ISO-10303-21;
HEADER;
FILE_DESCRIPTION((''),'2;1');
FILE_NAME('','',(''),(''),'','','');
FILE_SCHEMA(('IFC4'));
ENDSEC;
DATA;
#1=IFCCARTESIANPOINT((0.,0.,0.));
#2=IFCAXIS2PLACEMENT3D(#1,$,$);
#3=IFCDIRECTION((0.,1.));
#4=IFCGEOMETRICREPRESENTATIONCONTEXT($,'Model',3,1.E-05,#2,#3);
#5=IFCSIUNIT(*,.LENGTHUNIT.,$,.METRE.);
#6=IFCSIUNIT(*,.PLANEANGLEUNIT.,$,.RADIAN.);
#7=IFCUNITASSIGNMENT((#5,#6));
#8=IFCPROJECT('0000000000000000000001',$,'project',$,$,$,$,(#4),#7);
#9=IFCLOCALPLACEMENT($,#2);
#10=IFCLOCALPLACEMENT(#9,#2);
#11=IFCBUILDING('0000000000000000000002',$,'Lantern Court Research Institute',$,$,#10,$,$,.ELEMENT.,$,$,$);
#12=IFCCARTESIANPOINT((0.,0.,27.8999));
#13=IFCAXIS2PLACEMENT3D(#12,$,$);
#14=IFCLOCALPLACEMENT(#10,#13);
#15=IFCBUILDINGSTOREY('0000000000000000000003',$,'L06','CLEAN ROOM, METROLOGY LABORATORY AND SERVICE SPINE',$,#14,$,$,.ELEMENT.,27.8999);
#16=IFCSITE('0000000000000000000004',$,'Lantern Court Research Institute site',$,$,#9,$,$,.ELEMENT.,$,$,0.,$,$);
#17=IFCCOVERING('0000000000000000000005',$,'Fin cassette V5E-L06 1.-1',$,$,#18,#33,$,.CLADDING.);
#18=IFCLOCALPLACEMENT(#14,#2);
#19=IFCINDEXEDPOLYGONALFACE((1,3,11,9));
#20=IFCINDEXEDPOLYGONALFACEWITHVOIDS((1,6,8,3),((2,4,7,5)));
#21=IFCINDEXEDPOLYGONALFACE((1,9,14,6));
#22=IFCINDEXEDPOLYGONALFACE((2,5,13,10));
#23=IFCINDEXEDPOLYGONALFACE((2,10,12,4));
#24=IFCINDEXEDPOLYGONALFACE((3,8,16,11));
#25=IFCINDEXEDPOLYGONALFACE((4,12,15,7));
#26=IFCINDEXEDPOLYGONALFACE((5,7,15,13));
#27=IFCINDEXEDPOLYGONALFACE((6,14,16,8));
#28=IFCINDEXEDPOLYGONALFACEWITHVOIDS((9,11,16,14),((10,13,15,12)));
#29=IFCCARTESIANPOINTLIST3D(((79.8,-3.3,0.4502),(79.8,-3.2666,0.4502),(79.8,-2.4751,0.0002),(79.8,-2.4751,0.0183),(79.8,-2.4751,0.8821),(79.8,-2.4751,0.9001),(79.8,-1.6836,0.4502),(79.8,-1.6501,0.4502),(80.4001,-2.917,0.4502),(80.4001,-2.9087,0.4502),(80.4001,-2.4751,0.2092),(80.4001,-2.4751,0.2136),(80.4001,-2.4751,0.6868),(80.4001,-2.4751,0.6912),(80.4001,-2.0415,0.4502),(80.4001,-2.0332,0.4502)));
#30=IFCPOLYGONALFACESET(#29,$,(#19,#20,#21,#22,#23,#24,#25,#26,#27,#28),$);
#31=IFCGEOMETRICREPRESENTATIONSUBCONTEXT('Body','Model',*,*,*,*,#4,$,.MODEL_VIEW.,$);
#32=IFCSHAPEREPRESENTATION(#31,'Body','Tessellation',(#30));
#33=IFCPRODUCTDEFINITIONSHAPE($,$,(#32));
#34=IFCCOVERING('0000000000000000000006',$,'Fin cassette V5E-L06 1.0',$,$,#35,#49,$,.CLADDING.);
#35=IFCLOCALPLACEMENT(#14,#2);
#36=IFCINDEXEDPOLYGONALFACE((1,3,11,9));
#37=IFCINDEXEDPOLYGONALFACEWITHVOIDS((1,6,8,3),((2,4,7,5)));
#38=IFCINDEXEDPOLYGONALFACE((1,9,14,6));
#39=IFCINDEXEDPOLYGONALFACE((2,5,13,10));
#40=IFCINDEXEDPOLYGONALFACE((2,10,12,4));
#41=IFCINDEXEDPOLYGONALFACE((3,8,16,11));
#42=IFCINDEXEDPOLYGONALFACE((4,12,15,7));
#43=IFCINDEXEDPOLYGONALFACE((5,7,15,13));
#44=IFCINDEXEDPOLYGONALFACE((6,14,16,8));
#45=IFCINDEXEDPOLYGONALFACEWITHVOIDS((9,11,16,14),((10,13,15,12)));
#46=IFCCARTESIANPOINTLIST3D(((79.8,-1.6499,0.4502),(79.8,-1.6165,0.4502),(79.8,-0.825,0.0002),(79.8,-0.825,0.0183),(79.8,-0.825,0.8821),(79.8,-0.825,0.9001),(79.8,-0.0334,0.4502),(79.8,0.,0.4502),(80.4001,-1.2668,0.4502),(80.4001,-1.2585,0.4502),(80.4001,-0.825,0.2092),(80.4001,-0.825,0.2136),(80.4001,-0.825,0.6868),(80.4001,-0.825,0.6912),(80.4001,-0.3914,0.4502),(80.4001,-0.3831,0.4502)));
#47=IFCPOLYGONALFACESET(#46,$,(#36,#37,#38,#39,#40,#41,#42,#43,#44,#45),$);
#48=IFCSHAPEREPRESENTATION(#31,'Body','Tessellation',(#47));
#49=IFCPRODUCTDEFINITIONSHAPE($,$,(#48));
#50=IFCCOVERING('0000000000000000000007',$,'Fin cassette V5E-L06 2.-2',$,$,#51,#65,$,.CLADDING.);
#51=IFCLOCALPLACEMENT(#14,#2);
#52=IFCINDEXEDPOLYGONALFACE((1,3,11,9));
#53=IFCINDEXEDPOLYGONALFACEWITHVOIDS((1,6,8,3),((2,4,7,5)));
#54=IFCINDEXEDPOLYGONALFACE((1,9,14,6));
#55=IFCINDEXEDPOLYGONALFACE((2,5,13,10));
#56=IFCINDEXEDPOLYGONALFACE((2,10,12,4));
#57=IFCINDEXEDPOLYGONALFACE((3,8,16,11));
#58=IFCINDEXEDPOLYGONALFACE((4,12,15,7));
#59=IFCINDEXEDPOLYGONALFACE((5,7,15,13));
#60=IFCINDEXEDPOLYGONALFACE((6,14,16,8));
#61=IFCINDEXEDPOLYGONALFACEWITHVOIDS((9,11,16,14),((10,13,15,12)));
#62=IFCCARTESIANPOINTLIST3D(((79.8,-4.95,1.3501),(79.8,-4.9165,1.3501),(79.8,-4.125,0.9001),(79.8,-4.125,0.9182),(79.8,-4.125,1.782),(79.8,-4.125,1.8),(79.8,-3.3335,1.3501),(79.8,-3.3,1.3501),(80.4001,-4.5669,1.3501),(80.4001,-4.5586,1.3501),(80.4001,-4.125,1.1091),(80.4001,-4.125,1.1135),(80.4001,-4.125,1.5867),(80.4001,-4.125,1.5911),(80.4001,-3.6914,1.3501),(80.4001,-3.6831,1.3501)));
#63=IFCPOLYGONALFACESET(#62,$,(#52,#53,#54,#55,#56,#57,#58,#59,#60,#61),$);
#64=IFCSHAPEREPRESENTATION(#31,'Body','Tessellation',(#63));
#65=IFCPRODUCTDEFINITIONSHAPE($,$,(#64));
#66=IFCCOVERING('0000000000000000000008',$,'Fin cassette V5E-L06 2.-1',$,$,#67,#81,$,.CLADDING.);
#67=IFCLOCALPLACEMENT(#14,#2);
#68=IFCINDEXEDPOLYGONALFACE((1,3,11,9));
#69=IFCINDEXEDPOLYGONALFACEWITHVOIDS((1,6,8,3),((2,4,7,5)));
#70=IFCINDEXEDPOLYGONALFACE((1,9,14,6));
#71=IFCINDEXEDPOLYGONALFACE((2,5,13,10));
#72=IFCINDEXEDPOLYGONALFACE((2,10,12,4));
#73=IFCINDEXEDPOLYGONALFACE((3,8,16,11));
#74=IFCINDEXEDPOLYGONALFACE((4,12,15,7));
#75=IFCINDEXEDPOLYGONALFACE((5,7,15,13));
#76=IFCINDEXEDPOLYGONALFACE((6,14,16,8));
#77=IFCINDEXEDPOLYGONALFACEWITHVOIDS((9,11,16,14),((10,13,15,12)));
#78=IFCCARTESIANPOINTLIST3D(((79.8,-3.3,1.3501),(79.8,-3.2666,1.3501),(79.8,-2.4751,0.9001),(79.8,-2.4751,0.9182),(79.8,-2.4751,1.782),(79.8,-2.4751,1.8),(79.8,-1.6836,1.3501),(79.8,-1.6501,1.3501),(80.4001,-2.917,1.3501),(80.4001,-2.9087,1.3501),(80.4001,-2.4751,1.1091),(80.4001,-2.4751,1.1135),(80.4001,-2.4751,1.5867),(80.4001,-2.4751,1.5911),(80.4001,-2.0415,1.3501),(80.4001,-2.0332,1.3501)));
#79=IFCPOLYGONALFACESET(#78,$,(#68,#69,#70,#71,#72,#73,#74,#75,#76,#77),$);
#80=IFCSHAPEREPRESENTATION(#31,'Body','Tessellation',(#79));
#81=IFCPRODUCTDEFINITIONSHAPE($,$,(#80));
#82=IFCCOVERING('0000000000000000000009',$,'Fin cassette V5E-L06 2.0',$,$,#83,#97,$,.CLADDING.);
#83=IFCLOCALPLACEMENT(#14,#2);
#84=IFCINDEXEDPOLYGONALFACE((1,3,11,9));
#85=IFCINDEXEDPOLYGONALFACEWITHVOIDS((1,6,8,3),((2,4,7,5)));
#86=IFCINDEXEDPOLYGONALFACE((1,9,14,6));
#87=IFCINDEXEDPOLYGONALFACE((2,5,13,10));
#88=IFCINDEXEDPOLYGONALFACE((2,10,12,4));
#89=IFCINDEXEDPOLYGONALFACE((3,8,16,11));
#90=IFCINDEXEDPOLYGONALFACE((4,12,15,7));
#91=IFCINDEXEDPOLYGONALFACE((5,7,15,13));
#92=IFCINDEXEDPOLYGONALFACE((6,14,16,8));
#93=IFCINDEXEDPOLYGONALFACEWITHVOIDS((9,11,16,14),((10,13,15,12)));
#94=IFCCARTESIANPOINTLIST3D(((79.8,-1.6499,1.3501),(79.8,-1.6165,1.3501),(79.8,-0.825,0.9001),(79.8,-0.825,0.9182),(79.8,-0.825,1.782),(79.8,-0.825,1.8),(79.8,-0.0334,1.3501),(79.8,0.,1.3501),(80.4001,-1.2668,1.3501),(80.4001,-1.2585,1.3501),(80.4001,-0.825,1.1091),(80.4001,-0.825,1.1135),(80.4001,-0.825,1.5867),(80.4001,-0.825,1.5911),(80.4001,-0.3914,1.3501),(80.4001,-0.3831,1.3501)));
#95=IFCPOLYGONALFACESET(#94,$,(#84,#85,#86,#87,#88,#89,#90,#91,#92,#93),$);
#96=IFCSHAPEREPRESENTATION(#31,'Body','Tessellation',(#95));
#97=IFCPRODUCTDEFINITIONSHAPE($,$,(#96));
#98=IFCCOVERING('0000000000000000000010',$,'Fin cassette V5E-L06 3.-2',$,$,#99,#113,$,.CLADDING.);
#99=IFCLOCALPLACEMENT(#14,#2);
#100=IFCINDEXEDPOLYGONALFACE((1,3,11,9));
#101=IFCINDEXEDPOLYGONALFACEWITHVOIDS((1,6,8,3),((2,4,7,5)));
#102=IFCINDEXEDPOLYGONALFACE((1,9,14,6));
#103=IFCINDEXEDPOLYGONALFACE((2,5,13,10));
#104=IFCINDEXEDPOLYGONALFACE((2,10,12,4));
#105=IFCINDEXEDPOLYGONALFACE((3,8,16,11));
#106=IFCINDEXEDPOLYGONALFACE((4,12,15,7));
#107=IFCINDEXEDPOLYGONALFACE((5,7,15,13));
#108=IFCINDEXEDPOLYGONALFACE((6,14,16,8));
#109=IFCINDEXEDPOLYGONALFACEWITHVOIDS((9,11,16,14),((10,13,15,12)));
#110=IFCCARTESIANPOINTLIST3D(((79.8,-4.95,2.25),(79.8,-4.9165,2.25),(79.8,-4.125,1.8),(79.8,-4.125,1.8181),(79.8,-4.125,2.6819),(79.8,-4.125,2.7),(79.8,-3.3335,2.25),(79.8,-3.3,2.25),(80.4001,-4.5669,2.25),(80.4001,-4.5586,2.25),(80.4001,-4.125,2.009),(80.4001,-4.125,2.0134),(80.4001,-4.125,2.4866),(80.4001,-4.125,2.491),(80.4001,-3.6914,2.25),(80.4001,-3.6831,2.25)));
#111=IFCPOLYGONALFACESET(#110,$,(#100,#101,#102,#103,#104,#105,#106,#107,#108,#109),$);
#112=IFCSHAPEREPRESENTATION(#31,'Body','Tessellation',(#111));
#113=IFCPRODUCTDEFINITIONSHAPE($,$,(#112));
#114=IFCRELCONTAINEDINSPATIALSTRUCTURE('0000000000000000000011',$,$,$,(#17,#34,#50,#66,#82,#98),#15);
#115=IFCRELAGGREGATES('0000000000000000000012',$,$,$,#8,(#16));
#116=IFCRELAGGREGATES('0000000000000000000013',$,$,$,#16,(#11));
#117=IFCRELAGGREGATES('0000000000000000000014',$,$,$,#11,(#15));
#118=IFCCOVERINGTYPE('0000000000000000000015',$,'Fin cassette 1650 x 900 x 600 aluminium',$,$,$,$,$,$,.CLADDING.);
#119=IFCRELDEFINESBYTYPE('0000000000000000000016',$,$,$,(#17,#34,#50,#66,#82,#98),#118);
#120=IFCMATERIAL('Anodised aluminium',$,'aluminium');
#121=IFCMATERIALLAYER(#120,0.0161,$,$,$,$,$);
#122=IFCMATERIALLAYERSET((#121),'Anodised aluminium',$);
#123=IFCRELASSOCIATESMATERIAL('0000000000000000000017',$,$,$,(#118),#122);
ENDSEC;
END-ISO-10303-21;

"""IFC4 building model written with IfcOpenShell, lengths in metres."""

from ifc_helpers import new_model, entity, si_unit, direction, frame, origin, place, context, subcontext, project, spatial, material, layer, layer_set, type_object, element, save


model = new_model("IFC4")

# Units and contexts
model_context = context("Model", 3, precision=1e-05, world=origin(), true_north=direction((0.0, 1.0)))
body_context = subcontext(model_context, "Body", "Model", "MODEL_VIEW")
ifc_project = project(units=[si_unit("LENGTHUNIT", "METRE"), si_unit("PLANEANGLEUNIT", "RADIAN")], contexts=[model_context])

# Site, building, storey
site_placement = place(None, origin())
site = spatial("IfcSite", under=ifc_project, at=site_placement, Name="Lantern Court Research Institute site", CompositionType="ELEMENT", RefElevation=0.0)
building_placement = place(site_placement, origin())
building = spatial("IfcBuilding", under=site, at=building_placement, Name="Lantern Court Research Institute", CompositionType="ELEMENT")
storey_placement = place(building_placement, frame((0.0, 0.0, 27.8999)))
storey = spatial("IfcBuildingStorey", under=building, at=storey_placement, Name="L06", Description="CLEAN ROOM, METROLOGY LABORATORY AND SERVICE SPINE", CompositionType="ELEMENT", Elevation=27.8999)

# Coverings
ifc_material_1 = material(Name="Anodised aluminium", Category="aluminium")
ifc_layer_1 = layer(ifc_material_1, 0.0161)
ifc_layer_set_1 = layer_set([ifc_layer_1], Name="Anodised aluminium")
covering_type = type_object("IfcCoveringType", Name="Fin cassette 1650 x 900 x 600 aluminium", PredefinedType="CLADDING", material=ifc_layer_set_1)
covering_1_placement = place(storey_placement, frame((79.8, -2.4751, 0.4502), z_axis=(1.0, 0.0, 0.0), x_axis=(0.0, 1.0, 0.0)))
cartesian_point_1 = entity("IfcCartesianPoint", [0.825, 0.0])
cartesian_point_2 = entity("IfcCartesianPoint", [0.7915, 0.0])
cartesian_point_3 = entity("IfcCartesianPoint", [0.4419, 0.0])
cartesian_point_4 = entity("IfcCartesianPoint", [0.4336, 0.0])
element("IfcCovering", 1, at=covering_1_placement, inside=storey, type_object=covering_type, Name="Fin cassette V5E-L06 1.-1", PredefinedType="CLADDING", context=body_context, shape_type="SweptSolid", body=[
    entity("IfcExtrudedAreaSolidTapered", entity("IfcArbitraryProfileDefWithVoids", "AREA", None, entity("IfcPolyline", [cartesian_point_1, entity("IfcCartesianPoint", [0.0, 0.45]), entity("IfcCartesianPoint", [-0.825, 0.0]), entity("IfcCartesianPoint", [0.0, -0.45]), cartesian_point_1]), [entity("IfcPolyline", [cartesian_point_2, entity("IfcCartesianPoint", [0.0, 0.4319]), entity("IfcCartesianPoint", [-0.7915, 0.0]), entity("IfcCartesianPoint", [0.0, -0.4319]), cartesian_point_2])]), entity("IfcAxis2Placement3D", entity("IfcCartesianPoint", [0.0, 0.0, 0.0])), entity("IfcDirection", [0.0, 0.0, 1.0]), 0.6001, entity("IfcArbitraryProfileDefWithVoids", "AREA", None, entity("IfcPolyline", [cartesian_point_3, entity("IfcCartesianPoint", [0.0, 0.241]), entity("IfcCartesianPoint", [-0.4419, 0.0]), entity("IfcCartesianPoint", [0.0, -0.241]), cartesian_point_3]), [entity("IfcPolyline", [cartesian_point_4, entity("IfcCartesianPoint", [0.0, 0.2366]), entity("IfcCartesianPoint", [-0.4336, 0.0]), entity("IfcCartesianPoint", [0.0, -0.2366]), cartesian_point_4])])),
])
covering_2_placement = place(storey_placement, frame((79.8, -0.825, 0.4502), z_axis=(1.0, 0.0, 0.0), x_axis=(0.0, 1.0, 0.0)))
cartesian_point_5 = entity("IfcCartesianPoint", [0.825, 0.0])
cartesian_point_6 = entity("IfcCartesianPoint", [0.7915, 0.0])
cartesian_point_7 = entity("IfcCartesianPoint", [0.4419, 0.0])
cartesian_point_8 = entity("IfcCartesianPoint", [0.4336, 0.0])
element("IfcCovering", 2, at=covering_2_placement, inside=storey, type_object=covering_type, Name="Fin cassette V5E-L06 1.0", PredefinedType="CLADDING", context=body_context, shape_type="SweptSolid", body=[
    entity("IfcExtrudedAreaSolidTapered", entity("IfcArbitraryProfileDefWithVoids", "AREA", None, entity("IfcPolyline", [cartesian_point_5, entity("IfcCartesianPoint", [0.0, 0.45]), entity("IfcCartesianPoint", [-0.825, 0.0]), entity("IfcCartesianPoint", [0.0, -0.45]), cartesian_point_5]), [entity("IfcPolyline", [cartesian_point_6, entity("IfcCartesianPoint", [0.0, 0.4319]), entity("IfcCartesianPoint", [-0.7915, 0.0]), entity("IfcCartesianPoint", [0.0, -0.4319]), cartesian_point_6])]), entity("IfcAxis2Placement3D", entity("IfcCartesianPoint", [0.0, 0.0, 0.0])), entity("IfcDirection", [0.0, 0.0, 1.0]), 0.6001, entity("IfcArbitraryProfileDefWithVoids", "AREA", None, entity("IfcPolyline", [cartesian_point_7, entity("IfcCartesianPoint", [0.0, 0.241]), entity("IfcCartesianPoint", [-0.4419, 0.0]), entity("IfcCartesianPoint", [0.0, -0.241]), cartesian_point_7]), [entity("IfcPolyline", [cartesian_point_8, entity("IfcCartesianPoint", [0.0, 0.2366]), entity("IfcCartesianPoint", [-0.4336, 0.0]), entity("IfcCartesianPoint", [0.0, -0.2366]), cartesian_point_8])])),
])
covering_3_placement = place(storey_placement, frame((79.8, -4.125, 1.3501), z_axis=(1.0, 0.0, 0.0), x_axis=(0.0, 1.0, 0.0)))
cartesian_point_9 = entity("IfcCartesianPoint", [0.825, 0.0])
cartesian_point_10 = entity("IfcCartesianPoint", [0.7915, 0.0])
cartesian_point_11 = entity("IfcCartesianPoint", [0.4419, 0.0])
cartesian_point_12 = entity("IfcCartesianPoint", [0.4336, 0.0])
element("IfcCovering", 3, at=covering_3_placement, inside=storey, type_object=covering_type, Name="Fin cassette V5E-L06 2.-2", PredefinedType="CLADDING", context=body_context, shape_type="SweptSolid", body=[
    entity("IfcExtrudedAreaSolidTapered", entity("IfcArbitraryProfileDefWithVoids", "AREA", None, entity("IfcPolyline", [cartesian_point_9, entity("IfcCartesianPoint", [0.0, 0.45]), entity("IfcCartesianPoint", [-0.825, 0.0]), entity("IfcCartesianPoint", [0.0, -0.45]), cartesian_point_9]), [entity("IfcPolyline", [cartesian_point_10, entity("IfcCartesianPoint", [0.0, 0.4319]), entity("IfcCartesianPoint", [-0.7915, 0.0]), entity("IfcCartesianPoint", [0.0, -0.4319]), cartesian_point_10])]), entity("IfcAxis2Placement3D", entity("IfcCartesianPoint", [0.0, 0.0, 0.0])), entity("IfcDirection", [0.0, 0.0, 1.0]), 0.6001, entity("IfcArbitraryProfileDefWithVoids", "AREA", None, entity("IfcPolyline", [cartesian_point_11, entity("IfcCartesianPoint", [0.0, 0.241]), entity("IfcCartesianPoint", [-0.4419, 0.0]), entity("IfcCartesianPoint", [0.0, -0.241]), cartesian_point_11]), [entity("IfcPolyline", [cartesian_point_12, entity("IfcCartesianPoint", [0.0, 0.2366]), entity("IfcCartesianPoint", [-0.4336, 0.0]), entity("IfcCartesianPoint", [0.0, -0.2366]), cartesian_point_12])])),
])
covering_4_placement = place(storey_placement, frame((79.8, -2.4751, 1.3501), z_axis=(1.0, 0.0, 0.0), x_axis=(0.0, 1.0, 0.0)))
cartesian_point_13 = entity("IfcCartesianPoint", [0.825, 0.0])
cartesian_point_14 = entity("IfcCartesianPoint", [0.7915, 0.0])
cartesian_point_15 = entity("IfcCartesianPoint", [0.4419, 0.0])
cartesian_point_16 = entity("IfcCartesianPoint", [0.4336, 0.0])
element("IfcCovering", 4, at=covering_4_placement, inside=storey, type_object=covering_type, Name="Fin cassette V5E-L06 2.-1", PredefinedType="CLADDING", context=body_context, shape_type="SweptSolid", body=[
    entity("IfcExtrudedAreaSolidTapered", entity("IfcArbitraryProfileDefWithVoids", "AREA", None, entity("IfcPolyline", [cartesian_point_13, entity("IfcCartesianPoint", [0.0, 0.45]), entity("IfcCartesianPoint", [-0.825, 0.0]), entity("IfcCartesianPoint", [0.0, -0.45]), cartesian_point_13]), [entity("IfcPolyline", [cartesian_point_14, entity("IfcCartesianPoint", [0.0, 0.4319]), entity("IfcCartesianPoint", [-0.7915, 0.0]), entity("IfcCartesianPoint", [0.0, -0.4319]), cartesian_point_14])]), entity("IfcAxis2Placement3D", entity("IfcCartesianPoint", [0.0, 0.0, 0.0])), entity("IfcDirection", [0.0, 0.0, 1.0]), 0.6001, entity("IfcArbitraryProfileDefWithVoids", "AREA", None, entity("IfcPolyline", [cartesian_point_15, entity("IfcCartesianPoint", [0.0, 0.241]), entity("IfcCartesianPoint", [-0.4419, 0.0]), entity("IfcCartesianPoint", [0.0, -0.241]), cartesian_point_15]), [entity("IfcPolyline", [cartesian_point_16, entity("IfcCartesianPoint", [0.0, 0.2366]), entity("IfcCartesianPoint", [-0.4336, 0.0]), entity("IfcCartesianPoint", [0.0, -0.2366]), cartesian_point_16])])),
])
covering_5_placement = place(storey_placement, frame((79.8, -0.825, 1.3501), z_axis=(1.0, 0.0, 0.0), x_axis=(0.0, 1.0, 0.0)))
cartesian_point_17 = entity("IfcCartesianPoint", [0.825, 0.0])
cartesian_point_18 = entity("IfcCartesianPoint", [0.7915, 0.0])
cartesian_point_19 = entity("IfcCartesianPoint", [0.4419, 0.0])
cartesian_point_20 = entity("IfcCartesianPoint", [0.4336, 0.0])
element("IfcCovering", 5, at=covering_5_placement, inside=storey, type_object=covering_type, Name="Fin cassette V5E-L06 2.0", PredefinedType="CLADDING", context=body_context, shape_type="SweptSolid", body=[
    entity("IfcExtrudedAreaSolidTapered", entity("IfcArbitraryProfileDefWithVoids", "AREA", None, entity("IfcPolyline", [cartesian_point_17, entity("IfcCartesianPoint", [0.0, 0.45]), entity("IfcCartesianPoint", [-0.825, 0.0]), entity("IfcCartesianPoint", [0.0, -0.45]), cartesian_point_17]), [entity("IfcPolyline", [cartesian_point_18, entity("IfcCartesianPoint", [0.0, 0.4319]), entity("IfcCartesianPoint", [-0.7915, 0.0]), entity("IfcCartesianPoint", [0.0, -0.4319]), cartesian_point_18])]), entity("IfcAxis2Placement3D", entity("IfcCartesianPoint", [0.0, 0.0, 0.0])), entity("IfcDirection", [0.0, 0.0, 1.0]), 0.6001, entity("IfcArbitraryProfileDefWithVoids", "AREA", None, entity("IfcPolyline", [cartesian_point_19, entity("IfcCartesianPoint", [0.0, 0.241]), entity("IfcCartesianPoint", [-0.4419, 0.0]), entity("IfcCartesianPoint", [0.0, -0.241]), cartesian_point_19]), [entity("IfcPolyline", [cartesian_point_20, entity("IfcCartesianPoint", [0.0, 0.2366]), entity("IfcCartesianPoint", [-0.4336, 0.0]), entity("IfcCartesianPoint", [0.0, -0.2366]), cartesian_point_20])])),
])
covering_6_placement = place(storey_placement, frame((79.8, -4.125, 2.25), z_axis=(1.0, 0.0, 0.0), x_axis=(0.0, 1.0, 0.0)))
cartesian_point_21 = entity("IfcCartesianPoint", [0.825, 0.0])
cartesian_point_22 = entity("IfcCartesianPoint", [0.7915, 0.0])
cartesian_point_23 = entity("IfcCartesianPoint", [0.4419, 0.0])
cartesian_point_24 = entity("IfcCartesianPoint", [0.4336, 0.0])
element("IfcCovering", 6, at=covering_6_placement, inside=storey, type_object=covering_type, Name="Fin cassette V5E-L06 3.-2", PredefinedType="CLADDING", context=body_context, shape_type="SweptSolid", body=[
    entity("IfcExtrudedAreaSolidTapered", entity("IfcArbitraryProfileDefWithVoids", "AREA", None, entity("IfcPolyline", [cartesian_point_21, entity("IfcCartesianPoint", [0.0, 0.45]), entity("IfcCartesianPoint", [-0.825, 0.0]), entity("IfcCartesianPoint", [0.0, -0.45]), cartesian_point_21]), [entity("IfcPolyline", [cartesian_point_22, entity("IfcCartesianPoint", [0.0, 0.4319]), entity("IfcCartesianPoint", [-0.7915, 0.0]), entity("IfcCartesianPoint", [0.0, -0.4319]), cartesian_point_22])]), entity("IfcAxis2Placement3D", entity("IfcCartesianPoint", [0.0, 0.0, 0.0])), entity("IfcDirection", [0.0, 0.0, 1.0]), 0.6001, entity("IfcArbitraryProfileDefWithVoids", "AREA", None, entity("IfcPolyline", [cartesian_point_23, entity("IfcCartesianPoint", [0.0, 0.241]), entity("IfcCartesianPoint", [-0.4419, 0.0]), entity("IfcCartesianPoint", [0.0, -0.241]), cartesian_point_23]), [entity("IfcPolyline", [cartesian_point_24, entity("IfcCartesianPoint", [0.0, 0.2366]), entity("IfcCartesianPoint", [-0.4336, 0.0]), entity("IfcCartesianPoint", [0.0, -0.2366]), cartesian_point_24])])),
])

save(model, "model.ifc")
